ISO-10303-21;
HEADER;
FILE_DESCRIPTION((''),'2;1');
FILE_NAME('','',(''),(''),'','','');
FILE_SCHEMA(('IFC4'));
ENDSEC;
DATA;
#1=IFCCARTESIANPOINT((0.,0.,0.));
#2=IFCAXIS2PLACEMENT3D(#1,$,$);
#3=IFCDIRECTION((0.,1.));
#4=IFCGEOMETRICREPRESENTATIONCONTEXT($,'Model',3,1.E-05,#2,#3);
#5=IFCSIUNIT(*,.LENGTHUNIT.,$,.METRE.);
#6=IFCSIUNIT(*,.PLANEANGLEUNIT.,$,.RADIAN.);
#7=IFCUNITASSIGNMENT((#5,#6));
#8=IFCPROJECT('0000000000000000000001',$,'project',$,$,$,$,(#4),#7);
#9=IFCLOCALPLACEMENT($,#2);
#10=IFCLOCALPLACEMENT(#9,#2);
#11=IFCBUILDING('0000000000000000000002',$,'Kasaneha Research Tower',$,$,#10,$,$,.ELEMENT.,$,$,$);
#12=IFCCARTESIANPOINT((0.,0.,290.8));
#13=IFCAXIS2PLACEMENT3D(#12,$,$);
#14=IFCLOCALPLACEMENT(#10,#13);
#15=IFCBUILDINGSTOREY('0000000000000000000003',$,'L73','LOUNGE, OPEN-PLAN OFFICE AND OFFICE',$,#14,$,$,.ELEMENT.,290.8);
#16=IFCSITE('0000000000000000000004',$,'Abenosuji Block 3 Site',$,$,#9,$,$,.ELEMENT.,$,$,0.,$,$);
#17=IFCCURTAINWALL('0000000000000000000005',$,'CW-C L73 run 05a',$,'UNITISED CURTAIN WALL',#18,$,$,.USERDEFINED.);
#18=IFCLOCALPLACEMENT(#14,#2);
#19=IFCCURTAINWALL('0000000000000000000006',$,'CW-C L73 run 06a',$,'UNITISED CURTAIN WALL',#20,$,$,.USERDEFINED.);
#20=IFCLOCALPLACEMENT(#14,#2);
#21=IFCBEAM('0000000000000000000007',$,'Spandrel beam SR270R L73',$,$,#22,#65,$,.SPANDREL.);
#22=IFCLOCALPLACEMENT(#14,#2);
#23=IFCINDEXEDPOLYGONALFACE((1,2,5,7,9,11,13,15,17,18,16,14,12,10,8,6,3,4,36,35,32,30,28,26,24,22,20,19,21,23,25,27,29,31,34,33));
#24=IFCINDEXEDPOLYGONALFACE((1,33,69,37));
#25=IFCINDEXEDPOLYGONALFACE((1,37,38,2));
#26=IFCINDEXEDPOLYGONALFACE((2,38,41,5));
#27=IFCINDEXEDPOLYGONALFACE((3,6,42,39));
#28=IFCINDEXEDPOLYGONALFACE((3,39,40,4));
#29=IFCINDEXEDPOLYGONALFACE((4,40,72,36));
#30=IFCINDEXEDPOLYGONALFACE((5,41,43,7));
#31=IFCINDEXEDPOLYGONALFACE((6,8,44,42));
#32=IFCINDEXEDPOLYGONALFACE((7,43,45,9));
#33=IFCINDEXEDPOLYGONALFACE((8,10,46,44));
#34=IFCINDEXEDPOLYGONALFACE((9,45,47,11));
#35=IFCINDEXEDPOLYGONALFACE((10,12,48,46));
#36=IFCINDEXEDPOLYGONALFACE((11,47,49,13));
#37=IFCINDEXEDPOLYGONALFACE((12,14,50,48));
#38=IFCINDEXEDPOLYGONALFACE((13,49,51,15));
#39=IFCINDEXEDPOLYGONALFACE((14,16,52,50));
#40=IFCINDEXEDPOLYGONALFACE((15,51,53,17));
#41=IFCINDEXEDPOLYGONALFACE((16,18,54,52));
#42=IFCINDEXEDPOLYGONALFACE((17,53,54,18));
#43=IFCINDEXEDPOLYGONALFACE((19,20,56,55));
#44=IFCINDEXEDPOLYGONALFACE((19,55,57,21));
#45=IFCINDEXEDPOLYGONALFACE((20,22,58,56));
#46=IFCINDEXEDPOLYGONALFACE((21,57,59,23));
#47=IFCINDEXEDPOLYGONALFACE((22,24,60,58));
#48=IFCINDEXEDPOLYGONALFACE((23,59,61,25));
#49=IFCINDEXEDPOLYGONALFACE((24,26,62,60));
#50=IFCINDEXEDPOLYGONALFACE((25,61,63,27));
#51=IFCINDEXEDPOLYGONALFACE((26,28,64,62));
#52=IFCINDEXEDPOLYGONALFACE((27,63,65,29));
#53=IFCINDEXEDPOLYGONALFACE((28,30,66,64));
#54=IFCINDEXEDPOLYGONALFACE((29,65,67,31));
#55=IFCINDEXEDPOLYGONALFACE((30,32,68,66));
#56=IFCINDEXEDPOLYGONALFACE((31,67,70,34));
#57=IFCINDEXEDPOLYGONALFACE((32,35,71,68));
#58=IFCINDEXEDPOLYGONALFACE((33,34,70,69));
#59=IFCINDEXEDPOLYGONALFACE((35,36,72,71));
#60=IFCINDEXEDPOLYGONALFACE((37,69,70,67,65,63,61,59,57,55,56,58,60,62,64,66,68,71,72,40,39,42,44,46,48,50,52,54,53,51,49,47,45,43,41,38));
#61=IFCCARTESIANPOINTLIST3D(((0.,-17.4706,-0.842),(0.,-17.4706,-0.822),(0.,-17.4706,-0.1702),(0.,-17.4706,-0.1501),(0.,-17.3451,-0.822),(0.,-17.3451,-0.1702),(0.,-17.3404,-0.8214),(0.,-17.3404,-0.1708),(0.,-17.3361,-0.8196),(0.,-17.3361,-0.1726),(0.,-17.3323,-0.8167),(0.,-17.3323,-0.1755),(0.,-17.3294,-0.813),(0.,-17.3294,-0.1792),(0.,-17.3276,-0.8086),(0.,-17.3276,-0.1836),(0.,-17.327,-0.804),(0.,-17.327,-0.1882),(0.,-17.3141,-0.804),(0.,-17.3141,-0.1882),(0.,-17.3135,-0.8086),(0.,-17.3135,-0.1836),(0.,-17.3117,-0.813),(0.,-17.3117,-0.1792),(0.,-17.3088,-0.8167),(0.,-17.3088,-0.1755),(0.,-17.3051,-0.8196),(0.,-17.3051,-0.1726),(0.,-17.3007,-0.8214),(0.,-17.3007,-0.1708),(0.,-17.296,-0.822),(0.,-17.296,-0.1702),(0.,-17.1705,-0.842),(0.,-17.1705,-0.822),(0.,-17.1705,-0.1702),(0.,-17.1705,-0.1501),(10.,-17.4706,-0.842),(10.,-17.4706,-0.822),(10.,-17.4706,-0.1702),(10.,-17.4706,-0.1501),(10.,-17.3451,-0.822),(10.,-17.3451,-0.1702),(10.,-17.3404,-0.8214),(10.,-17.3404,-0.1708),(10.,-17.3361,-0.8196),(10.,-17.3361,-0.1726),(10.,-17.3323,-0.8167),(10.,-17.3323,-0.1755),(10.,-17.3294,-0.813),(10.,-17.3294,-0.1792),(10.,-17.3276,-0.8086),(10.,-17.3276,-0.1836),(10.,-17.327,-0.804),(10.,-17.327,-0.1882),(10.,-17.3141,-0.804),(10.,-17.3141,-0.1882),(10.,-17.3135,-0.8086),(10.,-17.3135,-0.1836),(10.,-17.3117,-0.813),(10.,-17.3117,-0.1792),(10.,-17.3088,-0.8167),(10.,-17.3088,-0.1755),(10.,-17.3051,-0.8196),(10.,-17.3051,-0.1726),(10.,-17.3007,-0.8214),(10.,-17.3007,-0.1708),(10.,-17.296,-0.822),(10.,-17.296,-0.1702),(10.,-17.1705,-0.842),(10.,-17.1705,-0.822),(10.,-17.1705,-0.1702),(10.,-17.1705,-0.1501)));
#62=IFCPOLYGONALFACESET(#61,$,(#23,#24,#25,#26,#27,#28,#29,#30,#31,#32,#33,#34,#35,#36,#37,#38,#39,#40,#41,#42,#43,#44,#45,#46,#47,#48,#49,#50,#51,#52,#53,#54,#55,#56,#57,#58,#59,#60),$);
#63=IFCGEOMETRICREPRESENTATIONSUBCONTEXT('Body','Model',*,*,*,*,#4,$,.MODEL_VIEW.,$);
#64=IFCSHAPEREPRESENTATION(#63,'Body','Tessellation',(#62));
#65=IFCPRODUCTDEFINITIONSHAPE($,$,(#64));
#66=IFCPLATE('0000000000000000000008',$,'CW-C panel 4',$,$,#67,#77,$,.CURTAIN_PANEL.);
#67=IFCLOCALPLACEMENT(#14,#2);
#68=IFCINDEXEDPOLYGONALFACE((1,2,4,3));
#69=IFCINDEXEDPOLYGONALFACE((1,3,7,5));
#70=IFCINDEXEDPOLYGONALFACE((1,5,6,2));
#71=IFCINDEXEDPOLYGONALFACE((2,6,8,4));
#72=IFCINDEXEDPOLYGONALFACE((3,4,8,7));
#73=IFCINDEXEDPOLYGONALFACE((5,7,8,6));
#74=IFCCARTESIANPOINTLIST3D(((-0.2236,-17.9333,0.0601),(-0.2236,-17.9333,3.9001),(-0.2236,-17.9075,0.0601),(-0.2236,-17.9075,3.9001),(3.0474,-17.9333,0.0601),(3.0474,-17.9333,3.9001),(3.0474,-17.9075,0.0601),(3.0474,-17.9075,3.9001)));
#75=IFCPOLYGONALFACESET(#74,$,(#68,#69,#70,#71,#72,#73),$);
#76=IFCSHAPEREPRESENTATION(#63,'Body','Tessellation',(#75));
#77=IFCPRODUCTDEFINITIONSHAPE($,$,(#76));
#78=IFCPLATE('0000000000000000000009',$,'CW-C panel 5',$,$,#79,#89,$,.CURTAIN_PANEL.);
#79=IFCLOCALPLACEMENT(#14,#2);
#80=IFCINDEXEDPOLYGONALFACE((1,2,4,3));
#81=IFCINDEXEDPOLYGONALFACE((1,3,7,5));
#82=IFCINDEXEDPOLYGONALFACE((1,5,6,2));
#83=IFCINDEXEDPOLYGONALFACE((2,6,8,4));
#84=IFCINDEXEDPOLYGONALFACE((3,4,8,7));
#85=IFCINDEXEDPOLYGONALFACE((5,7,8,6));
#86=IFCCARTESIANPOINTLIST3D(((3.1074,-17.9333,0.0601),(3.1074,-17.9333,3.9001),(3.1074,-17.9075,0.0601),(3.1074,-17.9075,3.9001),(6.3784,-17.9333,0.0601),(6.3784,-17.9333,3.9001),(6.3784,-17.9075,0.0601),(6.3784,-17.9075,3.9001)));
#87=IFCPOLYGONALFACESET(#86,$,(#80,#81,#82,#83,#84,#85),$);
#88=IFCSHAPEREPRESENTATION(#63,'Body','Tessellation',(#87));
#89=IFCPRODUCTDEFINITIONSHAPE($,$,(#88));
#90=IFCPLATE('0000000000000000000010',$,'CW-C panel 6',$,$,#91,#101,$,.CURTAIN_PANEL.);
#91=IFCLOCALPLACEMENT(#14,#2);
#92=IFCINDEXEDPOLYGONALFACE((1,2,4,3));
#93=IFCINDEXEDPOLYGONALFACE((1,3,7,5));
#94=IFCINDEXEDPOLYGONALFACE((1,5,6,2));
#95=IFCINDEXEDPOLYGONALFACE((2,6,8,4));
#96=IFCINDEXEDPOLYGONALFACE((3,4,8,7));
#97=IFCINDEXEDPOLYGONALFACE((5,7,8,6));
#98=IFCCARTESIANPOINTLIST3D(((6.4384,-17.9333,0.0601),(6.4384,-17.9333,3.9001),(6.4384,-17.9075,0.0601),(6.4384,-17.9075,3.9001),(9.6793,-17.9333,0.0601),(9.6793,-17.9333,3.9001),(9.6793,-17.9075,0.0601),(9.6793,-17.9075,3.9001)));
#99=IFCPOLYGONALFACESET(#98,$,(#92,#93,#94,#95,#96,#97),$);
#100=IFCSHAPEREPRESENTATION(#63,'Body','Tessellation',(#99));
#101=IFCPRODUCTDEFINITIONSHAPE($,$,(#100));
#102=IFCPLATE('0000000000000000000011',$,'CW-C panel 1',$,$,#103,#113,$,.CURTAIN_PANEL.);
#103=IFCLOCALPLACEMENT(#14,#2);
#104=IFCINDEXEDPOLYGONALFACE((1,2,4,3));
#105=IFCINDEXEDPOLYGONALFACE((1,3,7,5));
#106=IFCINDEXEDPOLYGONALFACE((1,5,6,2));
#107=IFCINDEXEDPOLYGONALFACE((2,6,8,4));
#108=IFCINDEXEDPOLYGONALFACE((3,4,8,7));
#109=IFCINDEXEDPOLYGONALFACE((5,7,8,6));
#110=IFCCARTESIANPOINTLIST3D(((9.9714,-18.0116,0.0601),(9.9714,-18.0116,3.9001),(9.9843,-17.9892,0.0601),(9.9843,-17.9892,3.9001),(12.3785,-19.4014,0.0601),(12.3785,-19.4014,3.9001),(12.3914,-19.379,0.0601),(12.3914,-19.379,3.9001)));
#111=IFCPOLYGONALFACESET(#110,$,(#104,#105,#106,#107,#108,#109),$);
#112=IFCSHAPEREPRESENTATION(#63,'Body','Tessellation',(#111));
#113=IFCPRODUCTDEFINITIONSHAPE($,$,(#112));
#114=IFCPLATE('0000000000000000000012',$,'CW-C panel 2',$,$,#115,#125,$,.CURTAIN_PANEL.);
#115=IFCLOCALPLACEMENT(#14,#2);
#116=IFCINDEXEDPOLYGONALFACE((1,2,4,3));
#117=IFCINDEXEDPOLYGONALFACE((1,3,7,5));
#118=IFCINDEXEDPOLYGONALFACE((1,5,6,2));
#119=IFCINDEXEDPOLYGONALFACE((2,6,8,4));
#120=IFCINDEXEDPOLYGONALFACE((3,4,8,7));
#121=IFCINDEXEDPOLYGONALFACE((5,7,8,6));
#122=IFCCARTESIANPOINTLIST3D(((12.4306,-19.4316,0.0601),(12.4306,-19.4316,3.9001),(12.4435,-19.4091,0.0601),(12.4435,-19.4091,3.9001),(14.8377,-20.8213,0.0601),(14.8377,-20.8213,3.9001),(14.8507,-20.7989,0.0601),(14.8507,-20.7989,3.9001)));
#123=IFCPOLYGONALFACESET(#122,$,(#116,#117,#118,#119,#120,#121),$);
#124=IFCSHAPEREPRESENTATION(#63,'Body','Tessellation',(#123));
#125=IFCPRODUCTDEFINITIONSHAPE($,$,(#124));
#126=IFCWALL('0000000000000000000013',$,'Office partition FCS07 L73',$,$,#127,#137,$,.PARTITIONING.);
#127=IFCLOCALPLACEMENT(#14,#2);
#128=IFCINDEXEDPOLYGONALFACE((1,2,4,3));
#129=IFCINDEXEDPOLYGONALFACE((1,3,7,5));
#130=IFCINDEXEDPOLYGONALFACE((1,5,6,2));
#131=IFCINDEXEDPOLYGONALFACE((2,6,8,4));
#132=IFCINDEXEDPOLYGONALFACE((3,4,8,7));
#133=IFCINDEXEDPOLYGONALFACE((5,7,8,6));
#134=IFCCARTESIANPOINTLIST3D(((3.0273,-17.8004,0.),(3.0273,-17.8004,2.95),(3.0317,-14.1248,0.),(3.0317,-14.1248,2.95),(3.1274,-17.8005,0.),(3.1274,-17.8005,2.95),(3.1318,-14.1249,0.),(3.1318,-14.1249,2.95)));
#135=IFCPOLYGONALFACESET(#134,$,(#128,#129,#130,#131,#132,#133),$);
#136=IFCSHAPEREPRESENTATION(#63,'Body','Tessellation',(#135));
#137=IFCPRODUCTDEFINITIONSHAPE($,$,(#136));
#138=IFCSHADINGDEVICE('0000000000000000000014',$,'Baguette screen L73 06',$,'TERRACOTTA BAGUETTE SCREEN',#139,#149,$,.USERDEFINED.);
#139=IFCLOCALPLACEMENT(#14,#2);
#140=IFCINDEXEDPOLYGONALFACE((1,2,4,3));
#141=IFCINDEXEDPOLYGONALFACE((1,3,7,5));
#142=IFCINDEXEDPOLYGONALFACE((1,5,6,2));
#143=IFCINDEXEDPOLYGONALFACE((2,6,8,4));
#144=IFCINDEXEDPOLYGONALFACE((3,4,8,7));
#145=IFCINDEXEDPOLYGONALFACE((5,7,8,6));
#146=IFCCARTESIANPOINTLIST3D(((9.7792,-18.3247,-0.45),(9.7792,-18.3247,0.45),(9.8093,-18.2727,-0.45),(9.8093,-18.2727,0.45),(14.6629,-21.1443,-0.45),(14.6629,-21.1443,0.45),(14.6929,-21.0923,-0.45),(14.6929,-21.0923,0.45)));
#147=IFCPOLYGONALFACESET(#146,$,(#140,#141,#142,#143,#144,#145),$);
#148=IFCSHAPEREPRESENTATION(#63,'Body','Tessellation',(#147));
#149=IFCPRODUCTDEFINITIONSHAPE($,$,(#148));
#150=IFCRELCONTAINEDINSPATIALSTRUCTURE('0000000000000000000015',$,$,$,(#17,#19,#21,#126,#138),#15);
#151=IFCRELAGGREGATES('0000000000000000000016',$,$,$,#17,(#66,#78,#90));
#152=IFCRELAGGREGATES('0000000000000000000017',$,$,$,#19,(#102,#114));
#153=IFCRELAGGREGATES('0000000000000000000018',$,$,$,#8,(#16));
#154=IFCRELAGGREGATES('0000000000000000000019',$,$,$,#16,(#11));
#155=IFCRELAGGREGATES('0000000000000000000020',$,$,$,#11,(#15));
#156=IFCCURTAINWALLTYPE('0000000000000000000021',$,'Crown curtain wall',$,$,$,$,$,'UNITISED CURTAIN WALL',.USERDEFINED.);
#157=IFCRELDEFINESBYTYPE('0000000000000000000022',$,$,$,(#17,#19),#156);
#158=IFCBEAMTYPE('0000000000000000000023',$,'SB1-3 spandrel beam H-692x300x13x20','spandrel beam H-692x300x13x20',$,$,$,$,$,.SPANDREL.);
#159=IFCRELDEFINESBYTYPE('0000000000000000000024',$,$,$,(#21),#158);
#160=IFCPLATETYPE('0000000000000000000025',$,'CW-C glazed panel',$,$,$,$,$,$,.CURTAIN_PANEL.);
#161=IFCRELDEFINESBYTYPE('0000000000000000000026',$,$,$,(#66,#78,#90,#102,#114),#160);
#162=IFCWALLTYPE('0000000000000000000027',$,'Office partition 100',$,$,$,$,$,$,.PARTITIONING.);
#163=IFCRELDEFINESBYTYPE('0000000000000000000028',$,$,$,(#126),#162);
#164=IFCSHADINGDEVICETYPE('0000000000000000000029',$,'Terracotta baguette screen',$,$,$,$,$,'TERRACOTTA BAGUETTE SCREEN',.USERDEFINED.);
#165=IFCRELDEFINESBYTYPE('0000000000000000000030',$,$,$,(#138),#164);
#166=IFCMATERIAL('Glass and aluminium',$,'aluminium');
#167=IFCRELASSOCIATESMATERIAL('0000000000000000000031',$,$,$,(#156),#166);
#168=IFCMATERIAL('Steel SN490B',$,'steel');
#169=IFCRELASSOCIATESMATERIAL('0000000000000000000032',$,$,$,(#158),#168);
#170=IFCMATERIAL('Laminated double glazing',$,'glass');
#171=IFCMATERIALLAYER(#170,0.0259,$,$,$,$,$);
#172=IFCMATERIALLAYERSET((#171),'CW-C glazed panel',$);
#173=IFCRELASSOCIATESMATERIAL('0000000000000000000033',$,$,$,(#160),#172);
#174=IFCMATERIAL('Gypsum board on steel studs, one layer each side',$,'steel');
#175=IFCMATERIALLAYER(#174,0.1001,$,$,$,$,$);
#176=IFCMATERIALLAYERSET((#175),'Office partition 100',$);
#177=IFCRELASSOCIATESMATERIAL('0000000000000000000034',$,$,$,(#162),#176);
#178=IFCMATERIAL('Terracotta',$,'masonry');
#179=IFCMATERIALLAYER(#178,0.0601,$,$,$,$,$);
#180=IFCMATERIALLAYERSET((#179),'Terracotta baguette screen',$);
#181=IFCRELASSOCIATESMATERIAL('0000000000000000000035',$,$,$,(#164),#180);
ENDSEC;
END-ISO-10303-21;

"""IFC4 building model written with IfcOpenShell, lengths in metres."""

from ifc_helpers import new_model, si_unit, direction, frame, frame_2d, origin, origin_2d, place, context, subcontext, project, spatial, rectangle, i_section, extrude, material, layer, layer_set, material_profile, profile_set, type_object, element, aggregate, save


model = new_model("IFC4")

# Units and contexts
model_context = context("Model", 3, precision=1e-05, world=origin(), true_north=direction((0.0, 1.0)))
body_context = subcontext(model_context, "Body", "Model", "MODEL_VIEW")
ifc_project = project(units=[si_unit("LENGTHUNIT", "METRE"), si_unit("PLANEANGLEUNIT", "RADIAN")], contexts=[model_context])

# Site, building, storey
site_placement = place(None, origin())
site = spatial("IfcSite", under=ifc_project, at=site_placement, Name="Abenosuji Block 3 Site", CompositionType="ELEMENT", RefElevation=0.0)
building_placement = place(site_placement, origin())
building = spatial("IfcBuilding", under=site, at=building_placement, Name="Kasaneha Research Tower", CompositionType="ELEMENT")
storey_placement = place(building_placement, frame((0.0, 0.0, 290.8)))
storey = spatial("IfcBuildingStorey", under=building, at=storey_placement, Name="L73", Description="LOUNGE, OPEN-PLAN OFFICE AND OFFICE", CompositionType="ELEMENT", Elevation=290.8)

# Curtain walls
ifc_material_1 = material(Name="Glass and aluminium", Category="aluminium")
curtain_wall_type = type_object("IfcCurtainWallType", Name="Crown curtain wall", ElementType="UNITISED CURTAIN WALL", PredefinedType="USERDEFINED", material=ifc_material_1)
curtain_wall_1_placement = place(storey_placement, origin())
curtain_wall_1 = element("IfcCurtainWall", 1, at=curtain_wall_1_placement, inside=storey, type_object=curtain_wall_type, Name="CW-C L73 run 05a", ObjectType="UNITISED CURTAIN WALL", PredefinedType="USERDEFINED")
curtain_wall_2_placement = place(storey_placement, origin())
curtain_wall_2 = element("IfcCurtainWall", 2, at=curtain_wall_2_placement, inside=storey, type_object=curtain_wall_type, Name="CW-C L73 run 06a", ObjectType="UNITISED CURTAIN WALL", PredefinedType="USERDEFINED")

# Beam
ifc_material_2 = material(Name="Steel SN490B", Category="steel")
ifc_material_profile_1 = material_profile(ifc_material_2, i_section(OverallWidth=0.3, OverallDepth=0.6919, WebThickness=0.0129, FlangeThickness=0.02, FilletRadius=0.0181, at=origin_2d()), Name="H-692x300x13x20")
ifc_profile_set_1 = profile_set([ifc_material_profile_1], Name="Steel SN490B")
beam_type_1 = type_object("IfcBeamType", Name="SB1-3 spandrel beam H-692x300x13x20", Description="spandrel beam H-692x300x13x20", PredefinedType="SPANDREL", material=ifc_profile_set_1)
beam_1_placement = place(storey_placement, frame((10.0, -17.3206, -0.4961), z_axis=(-1.0, 0.0, 0.0), x_axis=(0.0, -1.0, 0.0)))
element("IfcBeam", 3, at=beam_1_placement, inside=storey, type_object=beam_type_1, Name="Spandrel beam SR270R L73", PredefinedType="SPANDREL", context=body_context, shape_type="SweptSolid", body=[
    extrude(i_section(OverallWidth=0.3, OverallDepth=0.6919, WebThickness=0.0129, FlangeThickness=0.02, FilletRadius=0.0181, at=origin_2d()), origin(), (0.0, 0.0, 1.0), 10.0),
])

# Plates
ifc_material_3 = material(Name="Laminated double glazing", Category="glass")
ifc_layer_1 = layer(ifc_material_3, 0.0259)
ifc_layer_set_1 = layer_set([ifc_layer_1], Name="CW-C glazed panel")
plate_type = type_object("IfcPlateType", Name="CW-C glazed panel", PredefinedType="CURTAIN_PANEL", material=ifc_layer_set_1)
plate_1_placement = place(storey_placement, frame((1.4119, -17.9204, 0.0601), z_axis=(0.0, 0.0, 1.0), x_axis=(1.0, 0.0, 0.0)))
plate_1 = element("IfcPlate", 4, at=plate_1_placement, type_object=plate_type, Name="CW-C panel 4", PredefinedType="CURTAIN_PANEL", context=body_context, shape_type="SweptSolid", body=[
    extrude(rectangle(XDim=3.271, YDim=0.0259, at=origin_2d()), origin(), (0.0, 0.0, 1.0), 3.8401),
])
plate_2_placement = place(storey_placement, frame((4.7429, -17.9204, 0.0601), z_axis=(0.0, 0.0, 1.0), x_axis=(1.0, 0.0, 0.0)))
plate_2 = element("IfcPlate", 5, at=plate_2_placement, type_object=plate_type, Name="CW-C panel 5", PredefinedType="CURTAIN_PANEL", context=body_context, shape_type="SweptSolid", body=[
    extrude(rectangle(XDim=3.271, YDim=0.0259, at=origin_2d()), origin(), (0.0, 0.0, 1.0), 3.8401),
])
plate_3_placement = place(storey_placement, frame((8.0588, -17.9204, 0.0601), z_axis=(0.0, 0.0, 1.0), x_axis=(1.0, 0.0, 0.0)))
plate_3 = element("IfcPlate", 6, at=plate_3_placement, type_object=plate_type, Name="CW-C panel 6", PredefinedType="CURTAIN_PANEL", context=body_context, shape_type="SweptSolid", body=[
    extrude(rectangle(XDim=3.241, YDim=0.0259, at=origin_2d()), origin(), (0.0, 0.0, 1.0), 3.8401),
])
aggregate(curtain_wall_1, [plate_1, plate_2, plate_3])
plate_4_placement = place(storey_placement, frame((11.1814, -18.6953, 0.0601), z_axis=(0.0, 0.0, 1.0), x_axis=(0.866025, -0.5, 0.0)))
plate_4 = element("IfcPlate", 7, at=plate_4_placement, type_object=plate_type, Name="CW-C panel 1", PredefinedType="CURTAIN_PANEL", context=body_context, shape_type="SweptSolid", body=[
    extrude(rectangle(XDim=2.7795, YDim=0.0259, at=origin_2d()), origin(), (0.0, 0.0, 1.0), 3.8401),
])
plate_5_placement = place(storey_placement, frame((13.6406, -20.1152, 0.0601), z_axis=(0.0, 0.0, 1.0), x_axis=(0.866025, -0.5, 0.0)))
plate_5 = element("IfcPlate", 8, at=plate_5_placement, type_object=plate_type, Name="CW-C panel 2", PredefinedType="CURTAIN_PANEL", context=body_context, shape_type="SweptSolid", body=[
    extrude(rectangle(XDim=2.7795, YDim=0.0259, at=origin_2d()), origin(), (0.0, 0.0, 1.0), 3.8401),
])
aggregate(curtain_wall_2, [plate_4, plate_5])

# Wall
ifc_material_4 = material(Name="Gypsum board on steel studs, one layer each side", Category="steel")
ifc_layer_2 = layer(ifc_material_4, 0.1001)
ifc_layer_set_2 = layer_set([ifc_layer_2], Name="Office partition 100")
wall_type = type_object("IfcWallType", Name="Office partition 100", PredefinedType="PARTITIONING", material=ifc_layer_set_2)
wall_placement = place(storey_placement, frame((3.0774, -17.8005, 0.0), z_axis=(0.0, 0.0, 1.0), x_axis=(0.001196, 0.999999, 0.0)))
element("IfcWall", 9, at=wall_placement, inside=storey, type_object=wall_type, Name="Office partition FCS07 L73", PredefinedType="PARTITIONING", context=body_context, shape_type="SweptSolid", body=[
    extrude(rectangle(XDim=3.6755, YDim=0.1001, at=frame_2d((1.8379, 0.0))), origin(), (0.0, 0.0, 1.0), 2.95),
])

# Shading device
ifc_material_5 = material(Name="Terracotta", Category="masonry")
ifc_layer_3 = layer(ifc_material_5, 0.0601)
ifc_layer_set_3 = layer_set([ifc_layer_3], Name="Terracotta baguette screen")
shading_device_type = type_object("IfcShadingDeviceType", Name="Terracotta baguette screen", ElementType="TERRACOTTA BAGUETTE SCREEN", PredefinedType="USERDEFINED", material=ifc_layer_set_3)
shading_device_placement = place(storey_placement, frame((12.2361, -19.7085, -0.45), z_axis=(0.0, 0.0, 1.0), x_axis=(0.866025, -0.5, 0.0)))
element("IfcShadingDevice", 10, at=shading_device_placement, inside=storey, type_object=shading_device_type, Name="Baguette screen L73 06", ObjectType="TERRACOTTA BAGUETTE SCREEN", PredefinedType="USERDEFINED", context=body_context, shape_type="SweptSolid", body=[
    extrude(rectangle(XDim=5.6392, YDim=0.0601, at=origin_2d()), origin(), (0.0, 0.0, 1.0), 0.8999),
])

save(model, "model.ifc")
